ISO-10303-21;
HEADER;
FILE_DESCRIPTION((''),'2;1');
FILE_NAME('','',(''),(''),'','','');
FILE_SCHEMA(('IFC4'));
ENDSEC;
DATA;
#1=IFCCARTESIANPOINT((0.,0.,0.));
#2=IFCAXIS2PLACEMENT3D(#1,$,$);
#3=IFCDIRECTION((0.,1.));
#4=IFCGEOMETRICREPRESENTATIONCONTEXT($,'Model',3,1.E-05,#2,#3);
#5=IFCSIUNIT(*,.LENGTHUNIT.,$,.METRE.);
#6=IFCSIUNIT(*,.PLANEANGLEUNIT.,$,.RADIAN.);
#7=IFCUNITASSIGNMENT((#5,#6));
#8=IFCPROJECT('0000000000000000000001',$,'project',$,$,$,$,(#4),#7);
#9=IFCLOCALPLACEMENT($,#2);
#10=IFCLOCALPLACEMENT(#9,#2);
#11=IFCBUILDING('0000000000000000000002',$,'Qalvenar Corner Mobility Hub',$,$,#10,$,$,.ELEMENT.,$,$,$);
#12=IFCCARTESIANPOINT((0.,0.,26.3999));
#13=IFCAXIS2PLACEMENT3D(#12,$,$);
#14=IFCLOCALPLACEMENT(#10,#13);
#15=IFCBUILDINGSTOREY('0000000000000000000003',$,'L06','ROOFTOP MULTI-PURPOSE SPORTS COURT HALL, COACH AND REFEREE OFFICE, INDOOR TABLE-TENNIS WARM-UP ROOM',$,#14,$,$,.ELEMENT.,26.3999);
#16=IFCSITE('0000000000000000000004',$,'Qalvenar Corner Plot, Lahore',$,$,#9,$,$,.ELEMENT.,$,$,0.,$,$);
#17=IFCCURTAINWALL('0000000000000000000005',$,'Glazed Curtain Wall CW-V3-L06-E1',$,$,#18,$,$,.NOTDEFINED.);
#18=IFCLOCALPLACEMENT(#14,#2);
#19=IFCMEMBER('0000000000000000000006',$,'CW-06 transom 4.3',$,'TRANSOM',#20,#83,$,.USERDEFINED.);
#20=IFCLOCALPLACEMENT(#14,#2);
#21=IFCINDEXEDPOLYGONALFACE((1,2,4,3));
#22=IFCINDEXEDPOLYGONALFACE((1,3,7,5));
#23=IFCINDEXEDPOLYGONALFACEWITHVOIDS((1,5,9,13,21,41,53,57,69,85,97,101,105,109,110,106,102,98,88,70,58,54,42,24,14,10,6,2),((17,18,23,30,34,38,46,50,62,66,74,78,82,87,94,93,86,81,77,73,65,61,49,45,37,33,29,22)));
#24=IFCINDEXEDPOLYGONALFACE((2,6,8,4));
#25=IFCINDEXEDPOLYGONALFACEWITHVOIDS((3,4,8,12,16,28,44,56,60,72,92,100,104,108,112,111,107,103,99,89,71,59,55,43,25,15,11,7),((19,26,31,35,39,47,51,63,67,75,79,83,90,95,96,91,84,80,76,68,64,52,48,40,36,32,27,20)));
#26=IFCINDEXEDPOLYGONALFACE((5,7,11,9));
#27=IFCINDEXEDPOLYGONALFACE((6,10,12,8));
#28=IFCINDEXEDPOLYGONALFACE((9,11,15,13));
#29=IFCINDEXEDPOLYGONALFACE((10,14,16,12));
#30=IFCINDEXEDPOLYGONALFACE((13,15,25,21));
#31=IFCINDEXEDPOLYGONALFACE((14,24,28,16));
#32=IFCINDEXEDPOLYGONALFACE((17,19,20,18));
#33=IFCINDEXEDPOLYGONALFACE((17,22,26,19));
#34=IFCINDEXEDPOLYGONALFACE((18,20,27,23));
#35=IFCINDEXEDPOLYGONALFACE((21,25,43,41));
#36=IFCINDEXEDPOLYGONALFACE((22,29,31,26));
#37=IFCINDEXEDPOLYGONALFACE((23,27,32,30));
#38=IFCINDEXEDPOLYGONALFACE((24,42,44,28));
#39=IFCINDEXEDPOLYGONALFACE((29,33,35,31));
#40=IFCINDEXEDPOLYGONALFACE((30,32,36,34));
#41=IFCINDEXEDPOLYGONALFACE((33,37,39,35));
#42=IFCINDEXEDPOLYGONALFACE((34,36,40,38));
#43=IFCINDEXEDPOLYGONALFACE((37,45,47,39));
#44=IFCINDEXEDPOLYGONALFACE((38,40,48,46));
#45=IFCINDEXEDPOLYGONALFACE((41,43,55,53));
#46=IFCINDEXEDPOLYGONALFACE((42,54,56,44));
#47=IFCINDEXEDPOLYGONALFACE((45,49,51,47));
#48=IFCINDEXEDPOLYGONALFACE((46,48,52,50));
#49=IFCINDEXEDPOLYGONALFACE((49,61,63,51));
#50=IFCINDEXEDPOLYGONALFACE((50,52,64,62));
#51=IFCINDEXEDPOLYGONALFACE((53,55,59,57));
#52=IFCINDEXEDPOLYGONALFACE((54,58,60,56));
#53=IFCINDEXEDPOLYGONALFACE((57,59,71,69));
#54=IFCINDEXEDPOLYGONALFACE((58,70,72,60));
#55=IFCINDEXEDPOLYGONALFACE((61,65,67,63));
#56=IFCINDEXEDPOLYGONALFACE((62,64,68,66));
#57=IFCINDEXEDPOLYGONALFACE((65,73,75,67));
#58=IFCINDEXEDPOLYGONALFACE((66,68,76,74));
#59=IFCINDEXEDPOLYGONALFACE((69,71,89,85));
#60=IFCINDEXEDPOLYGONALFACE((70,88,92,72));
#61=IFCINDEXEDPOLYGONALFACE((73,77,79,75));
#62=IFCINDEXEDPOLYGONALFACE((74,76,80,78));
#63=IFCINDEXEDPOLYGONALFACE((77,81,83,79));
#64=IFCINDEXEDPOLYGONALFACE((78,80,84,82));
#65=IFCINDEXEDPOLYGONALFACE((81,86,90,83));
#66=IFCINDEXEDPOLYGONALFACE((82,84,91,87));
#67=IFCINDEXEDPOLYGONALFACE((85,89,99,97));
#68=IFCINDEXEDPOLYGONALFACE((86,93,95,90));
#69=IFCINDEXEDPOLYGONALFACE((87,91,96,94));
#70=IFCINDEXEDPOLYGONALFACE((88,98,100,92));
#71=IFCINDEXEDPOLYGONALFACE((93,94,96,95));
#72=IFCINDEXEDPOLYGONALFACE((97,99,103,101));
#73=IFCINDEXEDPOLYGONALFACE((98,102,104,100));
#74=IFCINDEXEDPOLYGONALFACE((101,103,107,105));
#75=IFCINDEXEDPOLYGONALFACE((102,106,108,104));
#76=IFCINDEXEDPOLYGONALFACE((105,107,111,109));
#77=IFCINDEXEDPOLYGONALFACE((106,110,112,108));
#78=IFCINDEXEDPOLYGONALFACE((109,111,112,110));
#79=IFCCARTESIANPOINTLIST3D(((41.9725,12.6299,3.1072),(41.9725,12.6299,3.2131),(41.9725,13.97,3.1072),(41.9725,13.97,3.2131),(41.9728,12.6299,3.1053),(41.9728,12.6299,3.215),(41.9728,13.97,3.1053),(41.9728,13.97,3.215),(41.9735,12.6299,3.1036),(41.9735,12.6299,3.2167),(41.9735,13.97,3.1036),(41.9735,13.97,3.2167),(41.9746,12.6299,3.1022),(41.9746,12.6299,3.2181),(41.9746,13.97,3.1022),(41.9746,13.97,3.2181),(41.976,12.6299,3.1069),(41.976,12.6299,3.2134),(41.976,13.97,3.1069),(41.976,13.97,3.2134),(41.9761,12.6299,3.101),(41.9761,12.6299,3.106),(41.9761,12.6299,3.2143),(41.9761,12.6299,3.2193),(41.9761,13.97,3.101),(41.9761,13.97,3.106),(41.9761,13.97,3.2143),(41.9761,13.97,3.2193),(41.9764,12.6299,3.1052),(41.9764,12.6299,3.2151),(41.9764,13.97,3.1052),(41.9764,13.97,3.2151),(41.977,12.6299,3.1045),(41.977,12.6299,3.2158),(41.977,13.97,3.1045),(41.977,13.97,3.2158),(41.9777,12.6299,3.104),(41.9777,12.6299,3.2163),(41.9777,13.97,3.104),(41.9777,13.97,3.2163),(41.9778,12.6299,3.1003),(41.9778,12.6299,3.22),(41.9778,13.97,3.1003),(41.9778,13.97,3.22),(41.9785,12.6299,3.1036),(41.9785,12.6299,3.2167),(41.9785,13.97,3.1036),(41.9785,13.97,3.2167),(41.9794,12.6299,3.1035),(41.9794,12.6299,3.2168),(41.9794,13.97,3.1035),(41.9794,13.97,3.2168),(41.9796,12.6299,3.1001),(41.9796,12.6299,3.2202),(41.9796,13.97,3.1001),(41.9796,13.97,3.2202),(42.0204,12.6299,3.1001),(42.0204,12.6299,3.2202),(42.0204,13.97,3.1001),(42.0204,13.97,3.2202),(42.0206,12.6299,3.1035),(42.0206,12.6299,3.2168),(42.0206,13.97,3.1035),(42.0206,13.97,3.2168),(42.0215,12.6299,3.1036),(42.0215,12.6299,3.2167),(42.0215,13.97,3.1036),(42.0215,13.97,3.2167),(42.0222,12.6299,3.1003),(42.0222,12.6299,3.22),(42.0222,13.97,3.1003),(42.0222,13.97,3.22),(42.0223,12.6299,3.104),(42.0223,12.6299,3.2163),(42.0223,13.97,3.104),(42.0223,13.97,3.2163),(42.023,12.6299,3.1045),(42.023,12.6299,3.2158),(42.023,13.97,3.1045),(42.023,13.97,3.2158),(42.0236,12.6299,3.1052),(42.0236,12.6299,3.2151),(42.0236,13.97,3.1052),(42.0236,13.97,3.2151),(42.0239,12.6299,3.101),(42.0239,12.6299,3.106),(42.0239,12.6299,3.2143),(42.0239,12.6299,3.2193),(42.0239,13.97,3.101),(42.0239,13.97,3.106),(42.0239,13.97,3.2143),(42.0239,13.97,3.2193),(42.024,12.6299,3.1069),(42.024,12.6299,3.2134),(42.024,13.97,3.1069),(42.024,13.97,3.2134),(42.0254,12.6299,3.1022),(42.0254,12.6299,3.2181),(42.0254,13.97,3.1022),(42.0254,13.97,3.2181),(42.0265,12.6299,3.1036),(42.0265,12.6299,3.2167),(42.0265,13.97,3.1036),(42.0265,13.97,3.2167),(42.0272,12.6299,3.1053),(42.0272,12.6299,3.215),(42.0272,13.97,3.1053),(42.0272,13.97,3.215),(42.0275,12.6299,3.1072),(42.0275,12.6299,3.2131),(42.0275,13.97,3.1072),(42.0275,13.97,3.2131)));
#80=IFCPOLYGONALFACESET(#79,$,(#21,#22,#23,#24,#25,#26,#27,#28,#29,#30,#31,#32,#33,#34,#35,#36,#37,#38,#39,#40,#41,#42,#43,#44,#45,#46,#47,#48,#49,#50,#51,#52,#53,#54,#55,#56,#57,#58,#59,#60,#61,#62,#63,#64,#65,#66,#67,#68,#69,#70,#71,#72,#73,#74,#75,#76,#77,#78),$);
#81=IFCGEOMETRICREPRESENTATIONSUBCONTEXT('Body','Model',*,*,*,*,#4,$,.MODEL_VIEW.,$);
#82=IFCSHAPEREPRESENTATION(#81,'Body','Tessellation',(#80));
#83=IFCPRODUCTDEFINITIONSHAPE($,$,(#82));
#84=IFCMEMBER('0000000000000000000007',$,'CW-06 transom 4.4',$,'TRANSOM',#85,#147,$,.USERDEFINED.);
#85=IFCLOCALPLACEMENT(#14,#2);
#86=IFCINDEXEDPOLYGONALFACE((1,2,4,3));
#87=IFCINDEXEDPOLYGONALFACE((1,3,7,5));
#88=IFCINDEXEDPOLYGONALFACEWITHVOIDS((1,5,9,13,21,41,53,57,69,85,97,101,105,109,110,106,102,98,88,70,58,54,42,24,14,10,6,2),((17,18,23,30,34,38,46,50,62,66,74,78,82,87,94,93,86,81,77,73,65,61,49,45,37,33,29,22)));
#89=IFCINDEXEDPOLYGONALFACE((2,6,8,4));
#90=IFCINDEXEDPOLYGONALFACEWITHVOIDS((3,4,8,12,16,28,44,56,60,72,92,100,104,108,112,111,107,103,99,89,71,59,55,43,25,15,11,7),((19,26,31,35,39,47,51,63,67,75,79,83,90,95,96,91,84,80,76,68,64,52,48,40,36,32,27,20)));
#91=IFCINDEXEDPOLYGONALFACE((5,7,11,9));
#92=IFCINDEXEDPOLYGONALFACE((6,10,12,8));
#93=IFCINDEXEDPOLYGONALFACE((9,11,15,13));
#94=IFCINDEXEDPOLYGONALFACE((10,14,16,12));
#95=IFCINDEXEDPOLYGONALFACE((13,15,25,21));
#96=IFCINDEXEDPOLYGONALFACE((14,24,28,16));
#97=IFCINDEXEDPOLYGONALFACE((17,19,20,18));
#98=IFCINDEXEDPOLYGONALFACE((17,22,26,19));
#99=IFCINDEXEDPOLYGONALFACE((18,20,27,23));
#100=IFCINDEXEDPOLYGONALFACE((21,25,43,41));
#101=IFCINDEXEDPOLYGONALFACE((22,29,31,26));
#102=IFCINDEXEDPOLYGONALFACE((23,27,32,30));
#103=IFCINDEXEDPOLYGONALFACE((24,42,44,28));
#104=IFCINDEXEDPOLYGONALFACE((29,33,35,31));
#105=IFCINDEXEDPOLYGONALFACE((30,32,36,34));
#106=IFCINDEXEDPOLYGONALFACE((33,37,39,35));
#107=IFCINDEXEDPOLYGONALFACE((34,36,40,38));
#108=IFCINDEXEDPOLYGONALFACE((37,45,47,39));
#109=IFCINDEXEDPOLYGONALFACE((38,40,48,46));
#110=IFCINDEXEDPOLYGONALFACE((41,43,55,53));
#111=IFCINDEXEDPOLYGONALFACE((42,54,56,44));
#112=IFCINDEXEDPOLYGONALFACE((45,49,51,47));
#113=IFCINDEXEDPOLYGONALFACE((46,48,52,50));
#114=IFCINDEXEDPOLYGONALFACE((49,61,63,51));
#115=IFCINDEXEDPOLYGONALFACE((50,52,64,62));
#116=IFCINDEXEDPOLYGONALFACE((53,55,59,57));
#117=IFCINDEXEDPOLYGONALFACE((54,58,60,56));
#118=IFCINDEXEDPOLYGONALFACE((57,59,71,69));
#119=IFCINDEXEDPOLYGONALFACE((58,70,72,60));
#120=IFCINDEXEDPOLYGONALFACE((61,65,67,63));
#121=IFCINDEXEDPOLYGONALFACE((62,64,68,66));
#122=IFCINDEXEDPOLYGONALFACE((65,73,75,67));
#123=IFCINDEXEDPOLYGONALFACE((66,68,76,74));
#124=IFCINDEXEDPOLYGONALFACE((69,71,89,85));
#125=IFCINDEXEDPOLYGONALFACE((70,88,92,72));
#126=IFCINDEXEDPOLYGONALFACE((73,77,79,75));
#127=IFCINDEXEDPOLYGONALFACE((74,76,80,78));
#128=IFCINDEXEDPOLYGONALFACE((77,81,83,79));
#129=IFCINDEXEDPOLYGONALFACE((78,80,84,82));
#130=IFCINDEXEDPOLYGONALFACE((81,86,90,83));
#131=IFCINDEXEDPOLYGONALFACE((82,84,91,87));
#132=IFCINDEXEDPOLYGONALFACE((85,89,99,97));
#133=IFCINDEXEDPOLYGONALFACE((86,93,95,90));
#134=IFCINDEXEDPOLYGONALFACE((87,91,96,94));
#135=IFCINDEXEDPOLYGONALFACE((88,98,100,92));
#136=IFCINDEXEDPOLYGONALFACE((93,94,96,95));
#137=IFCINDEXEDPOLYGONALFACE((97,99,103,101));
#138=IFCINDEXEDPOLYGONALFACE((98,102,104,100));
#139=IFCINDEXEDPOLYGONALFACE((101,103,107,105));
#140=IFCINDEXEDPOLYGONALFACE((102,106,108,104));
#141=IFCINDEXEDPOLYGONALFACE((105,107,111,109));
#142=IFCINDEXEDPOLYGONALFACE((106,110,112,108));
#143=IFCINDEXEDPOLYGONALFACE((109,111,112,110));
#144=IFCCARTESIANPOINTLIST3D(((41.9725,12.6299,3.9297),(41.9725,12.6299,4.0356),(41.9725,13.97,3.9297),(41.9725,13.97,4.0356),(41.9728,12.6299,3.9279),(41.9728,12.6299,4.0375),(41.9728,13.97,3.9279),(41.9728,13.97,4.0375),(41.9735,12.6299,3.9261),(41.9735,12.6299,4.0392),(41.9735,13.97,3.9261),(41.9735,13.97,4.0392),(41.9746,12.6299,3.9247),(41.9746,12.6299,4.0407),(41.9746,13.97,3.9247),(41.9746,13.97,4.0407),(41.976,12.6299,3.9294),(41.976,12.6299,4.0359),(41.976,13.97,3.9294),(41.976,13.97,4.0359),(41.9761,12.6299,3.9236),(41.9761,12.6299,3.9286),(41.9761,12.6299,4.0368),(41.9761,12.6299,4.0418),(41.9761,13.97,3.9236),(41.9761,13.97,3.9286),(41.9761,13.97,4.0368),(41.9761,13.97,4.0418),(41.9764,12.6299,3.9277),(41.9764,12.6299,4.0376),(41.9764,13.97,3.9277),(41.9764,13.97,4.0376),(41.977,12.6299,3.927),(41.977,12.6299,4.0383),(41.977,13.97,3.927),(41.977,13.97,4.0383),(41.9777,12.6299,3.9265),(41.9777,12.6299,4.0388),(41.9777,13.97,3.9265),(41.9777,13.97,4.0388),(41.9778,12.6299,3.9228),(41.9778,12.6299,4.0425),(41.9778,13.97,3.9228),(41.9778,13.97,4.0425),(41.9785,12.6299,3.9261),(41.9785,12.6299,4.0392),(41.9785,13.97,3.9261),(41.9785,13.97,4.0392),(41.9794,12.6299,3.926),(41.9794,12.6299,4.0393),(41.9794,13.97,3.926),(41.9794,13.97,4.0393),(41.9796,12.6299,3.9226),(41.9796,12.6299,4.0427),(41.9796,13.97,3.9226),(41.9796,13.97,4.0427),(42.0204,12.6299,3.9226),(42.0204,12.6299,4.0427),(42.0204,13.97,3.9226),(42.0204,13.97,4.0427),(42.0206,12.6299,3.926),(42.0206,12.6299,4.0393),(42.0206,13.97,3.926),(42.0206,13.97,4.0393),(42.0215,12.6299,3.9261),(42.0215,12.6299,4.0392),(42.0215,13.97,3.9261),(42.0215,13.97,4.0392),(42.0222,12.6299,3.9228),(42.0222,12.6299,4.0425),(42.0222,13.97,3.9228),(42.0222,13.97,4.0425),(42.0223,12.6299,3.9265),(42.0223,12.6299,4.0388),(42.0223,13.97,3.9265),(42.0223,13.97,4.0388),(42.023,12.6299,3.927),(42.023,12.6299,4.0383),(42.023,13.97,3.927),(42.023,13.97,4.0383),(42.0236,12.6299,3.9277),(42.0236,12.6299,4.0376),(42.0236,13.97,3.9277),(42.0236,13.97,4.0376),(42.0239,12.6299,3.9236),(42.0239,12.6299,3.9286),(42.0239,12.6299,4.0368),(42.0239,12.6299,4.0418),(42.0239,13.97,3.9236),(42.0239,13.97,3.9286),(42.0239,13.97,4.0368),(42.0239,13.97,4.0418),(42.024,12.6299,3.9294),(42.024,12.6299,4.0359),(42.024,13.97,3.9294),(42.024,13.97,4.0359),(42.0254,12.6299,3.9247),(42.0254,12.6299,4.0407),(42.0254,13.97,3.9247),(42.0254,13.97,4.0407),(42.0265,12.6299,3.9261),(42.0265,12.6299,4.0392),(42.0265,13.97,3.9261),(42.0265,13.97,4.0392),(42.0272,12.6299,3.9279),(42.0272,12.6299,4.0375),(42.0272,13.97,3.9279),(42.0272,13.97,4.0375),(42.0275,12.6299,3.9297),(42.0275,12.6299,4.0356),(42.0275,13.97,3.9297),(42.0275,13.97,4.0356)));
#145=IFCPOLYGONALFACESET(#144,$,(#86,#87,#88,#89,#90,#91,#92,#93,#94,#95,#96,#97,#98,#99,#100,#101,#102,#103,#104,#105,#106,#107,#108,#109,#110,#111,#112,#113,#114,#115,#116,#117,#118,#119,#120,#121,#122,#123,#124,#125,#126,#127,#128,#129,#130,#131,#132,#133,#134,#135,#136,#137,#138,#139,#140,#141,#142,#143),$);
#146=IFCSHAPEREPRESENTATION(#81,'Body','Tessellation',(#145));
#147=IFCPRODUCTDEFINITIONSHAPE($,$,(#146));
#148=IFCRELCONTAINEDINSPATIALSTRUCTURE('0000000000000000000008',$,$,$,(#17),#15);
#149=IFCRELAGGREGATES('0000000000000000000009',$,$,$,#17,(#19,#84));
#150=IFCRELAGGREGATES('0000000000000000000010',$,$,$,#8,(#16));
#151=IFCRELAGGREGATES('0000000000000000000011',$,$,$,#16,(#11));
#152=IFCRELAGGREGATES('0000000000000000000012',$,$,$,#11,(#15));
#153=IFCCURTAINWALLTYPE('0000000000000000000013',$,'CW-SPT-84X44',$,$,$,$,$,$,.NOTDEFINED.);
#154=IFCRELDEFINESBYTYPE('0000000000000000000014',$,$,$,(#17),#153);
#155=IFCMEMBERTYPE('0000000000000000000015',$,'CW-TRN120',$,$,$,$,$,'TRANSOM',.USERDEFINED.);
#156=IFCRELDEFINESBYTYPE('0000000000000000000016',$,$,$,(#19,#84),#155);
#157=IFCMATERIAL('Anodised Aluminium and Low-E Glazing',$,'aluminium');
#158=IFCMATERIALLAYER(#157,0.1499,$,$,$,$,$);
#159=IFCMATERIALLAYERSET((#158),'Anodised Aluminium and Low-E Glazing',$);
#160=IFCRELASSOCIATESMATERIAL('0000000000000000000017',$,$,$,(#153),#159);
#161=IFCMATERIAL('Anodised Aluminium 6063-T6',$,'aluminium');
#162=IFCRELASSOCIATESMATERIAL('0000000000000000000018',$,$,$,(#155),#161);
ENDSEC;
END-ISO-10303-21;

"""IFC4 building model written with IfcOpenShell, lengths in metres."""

from ifc_helpers import new_model, si_unit, direction, frame, origin, origin_2d, place, context, subcontext, project, spatial, hollow_rectangle, extrude, material, layer, layer_set, material_profile, profile_set, type_object, element, aggregate, save


model = new_model("IFC4")

# Units and contexts
model_context = context("Model", 3, precision=1e-05, world=origin(), true_north=direction((0.0, 1.0)))
body_context = subcontext(model_context, "Body", "Model", "MODEL_VIEW")
ifc_project = project(units=[si_unit("LENGTHUNIT", "METRE"), si_unit("PLANEANGLEUNIT", "RADIAN")], contexts=[model_context])

# Site, building, storey
site_placement = place(None, origin())
site = spatial("IfcSite", under=ifc_project, at=site_placement, Name="Qalvenar Corner Plot, Lahore", CompositionType="ELEMENT", RefElevation=0.0)
building_placement = place(site_placement, origin())
building = spatial("IfcBuilding", under=site, at=building_placement, Name="Qalvenar Corner Mobility Hub", CompositionType="ELEMENT")
storey_placement = place(building_placement, frame((0.0, 0.0, 26.3999)))
storey = spatial("IfcBuildingStorey", under=building, at=storey_placement, Name="L06", Description="ROOFTOP MULTI-PURPOSE SPORTS COURT HALL, COACH AND REFEREE OFFICE, INDOOR TABLE-TENNIS WARM-UP ROOM", CompositionType="ELEMENT", Elevation=26.3999)

# Curtain wall, members
ifc_material_1 = material(Name="Anodised Aluminium and Low-E Glazing", Category="aluminium")
ifc_layer_1 = layer(ifc_material_1, 0.1499)
ifc_layer_set_1 = layer_set([ifc_layer_1], Name="Anodised Aluminium and Low-E Glazing")
curtain_wall_type = type_object("IfcCurtainWallType", Name="CW-SPT-84X44", PredefinedType="NOTDEFINED", material=ifc_layer_set_1)
curtain_wall_placement = place(storey_placement, origin())
curtain_wall = element("IfcCurtainWall", 1, at=curtain_wall_placement, inside=storey, type_object=curtain_wall_type, Name="Glazed Curtain Wall CW-V3-L06-E1", PredefinedType="NOTDEFINED")
ifc_material_2 = material(Name="Anodised Aluminium 6063-T6", Category="aluminium")
ifc_material_profile_1 = material_profile(ifc_material_2, hollow_rectangle(XDim=0.0549, YDim=0.1201, WallThickness=0.0034, InnerFilletRadius=0.0034, OuterFilletRadius=0.0071, at=origin_2d()), Name="RHS120x55x3.5")
ifc_profile_set_1 = profile_set([ifc_material_profile_1], Name="Anodised Aluminium 6063-T6")
member_type_1 = type_object("IfcMemberType", Name="CW-TRN120", ElementType="TRANSOM", PredefinedType="USERDEFINED", material=ifc_profile_set_1)
member_1_placement = place(storey_placement, frame((42.0, 12.6299, 3.1602), z_axis=(0.0, 1.0, 0.0), x_axis=(-1.0, 0.0, 0.0)))
member_1 = element("IfcMember", 2, at=member_1_placement, type_object=member_type_1, Name="CW-06 transom 4.3", ObjectType="TRANSOM", PredefinedType="USERDEFINED", context=body_context, shape_type="SweptSolid", body=[
    extrude(hollow_rectangle(XDim=0.0549, YDim=0.1201, WallThickness=0.0034, InnerFilletRadius=0.0034, OuterFilletRadius=0.0071, at=origin_2d()), origin(), (0.0, 0.0, 1.0), 1.3401),
])
member_2_placement = place(storey_placement, frame((42.0, 12.6299, 3.9827), z_axis=(0.0, 1.0, 0.0), x_axis=(-1.0, 0.0, 0.0)))
member_2 = element("IfcMember", 3, at=member_2_placement, type_object=member_type_1, Name="CW-06 transom 4.4", ObjectType="TRANSOM", PredefinedType="USERDEFINED", context=body_context, shape_type="SweptSolid", body=[
    extrude(hollow_rectangle(XDim=0.0549, YDim=0.1201, WallThickness=0.0034, InnerFilletRadius=0.0034, OuterFilletRadius=0.0071, at=origin_2d()), origin(), (0.0, 0.0, 1.0), 1.3401),
])
aggregate(curtain_wall, [member_1, member_2])

save(model, "model.ifc")
